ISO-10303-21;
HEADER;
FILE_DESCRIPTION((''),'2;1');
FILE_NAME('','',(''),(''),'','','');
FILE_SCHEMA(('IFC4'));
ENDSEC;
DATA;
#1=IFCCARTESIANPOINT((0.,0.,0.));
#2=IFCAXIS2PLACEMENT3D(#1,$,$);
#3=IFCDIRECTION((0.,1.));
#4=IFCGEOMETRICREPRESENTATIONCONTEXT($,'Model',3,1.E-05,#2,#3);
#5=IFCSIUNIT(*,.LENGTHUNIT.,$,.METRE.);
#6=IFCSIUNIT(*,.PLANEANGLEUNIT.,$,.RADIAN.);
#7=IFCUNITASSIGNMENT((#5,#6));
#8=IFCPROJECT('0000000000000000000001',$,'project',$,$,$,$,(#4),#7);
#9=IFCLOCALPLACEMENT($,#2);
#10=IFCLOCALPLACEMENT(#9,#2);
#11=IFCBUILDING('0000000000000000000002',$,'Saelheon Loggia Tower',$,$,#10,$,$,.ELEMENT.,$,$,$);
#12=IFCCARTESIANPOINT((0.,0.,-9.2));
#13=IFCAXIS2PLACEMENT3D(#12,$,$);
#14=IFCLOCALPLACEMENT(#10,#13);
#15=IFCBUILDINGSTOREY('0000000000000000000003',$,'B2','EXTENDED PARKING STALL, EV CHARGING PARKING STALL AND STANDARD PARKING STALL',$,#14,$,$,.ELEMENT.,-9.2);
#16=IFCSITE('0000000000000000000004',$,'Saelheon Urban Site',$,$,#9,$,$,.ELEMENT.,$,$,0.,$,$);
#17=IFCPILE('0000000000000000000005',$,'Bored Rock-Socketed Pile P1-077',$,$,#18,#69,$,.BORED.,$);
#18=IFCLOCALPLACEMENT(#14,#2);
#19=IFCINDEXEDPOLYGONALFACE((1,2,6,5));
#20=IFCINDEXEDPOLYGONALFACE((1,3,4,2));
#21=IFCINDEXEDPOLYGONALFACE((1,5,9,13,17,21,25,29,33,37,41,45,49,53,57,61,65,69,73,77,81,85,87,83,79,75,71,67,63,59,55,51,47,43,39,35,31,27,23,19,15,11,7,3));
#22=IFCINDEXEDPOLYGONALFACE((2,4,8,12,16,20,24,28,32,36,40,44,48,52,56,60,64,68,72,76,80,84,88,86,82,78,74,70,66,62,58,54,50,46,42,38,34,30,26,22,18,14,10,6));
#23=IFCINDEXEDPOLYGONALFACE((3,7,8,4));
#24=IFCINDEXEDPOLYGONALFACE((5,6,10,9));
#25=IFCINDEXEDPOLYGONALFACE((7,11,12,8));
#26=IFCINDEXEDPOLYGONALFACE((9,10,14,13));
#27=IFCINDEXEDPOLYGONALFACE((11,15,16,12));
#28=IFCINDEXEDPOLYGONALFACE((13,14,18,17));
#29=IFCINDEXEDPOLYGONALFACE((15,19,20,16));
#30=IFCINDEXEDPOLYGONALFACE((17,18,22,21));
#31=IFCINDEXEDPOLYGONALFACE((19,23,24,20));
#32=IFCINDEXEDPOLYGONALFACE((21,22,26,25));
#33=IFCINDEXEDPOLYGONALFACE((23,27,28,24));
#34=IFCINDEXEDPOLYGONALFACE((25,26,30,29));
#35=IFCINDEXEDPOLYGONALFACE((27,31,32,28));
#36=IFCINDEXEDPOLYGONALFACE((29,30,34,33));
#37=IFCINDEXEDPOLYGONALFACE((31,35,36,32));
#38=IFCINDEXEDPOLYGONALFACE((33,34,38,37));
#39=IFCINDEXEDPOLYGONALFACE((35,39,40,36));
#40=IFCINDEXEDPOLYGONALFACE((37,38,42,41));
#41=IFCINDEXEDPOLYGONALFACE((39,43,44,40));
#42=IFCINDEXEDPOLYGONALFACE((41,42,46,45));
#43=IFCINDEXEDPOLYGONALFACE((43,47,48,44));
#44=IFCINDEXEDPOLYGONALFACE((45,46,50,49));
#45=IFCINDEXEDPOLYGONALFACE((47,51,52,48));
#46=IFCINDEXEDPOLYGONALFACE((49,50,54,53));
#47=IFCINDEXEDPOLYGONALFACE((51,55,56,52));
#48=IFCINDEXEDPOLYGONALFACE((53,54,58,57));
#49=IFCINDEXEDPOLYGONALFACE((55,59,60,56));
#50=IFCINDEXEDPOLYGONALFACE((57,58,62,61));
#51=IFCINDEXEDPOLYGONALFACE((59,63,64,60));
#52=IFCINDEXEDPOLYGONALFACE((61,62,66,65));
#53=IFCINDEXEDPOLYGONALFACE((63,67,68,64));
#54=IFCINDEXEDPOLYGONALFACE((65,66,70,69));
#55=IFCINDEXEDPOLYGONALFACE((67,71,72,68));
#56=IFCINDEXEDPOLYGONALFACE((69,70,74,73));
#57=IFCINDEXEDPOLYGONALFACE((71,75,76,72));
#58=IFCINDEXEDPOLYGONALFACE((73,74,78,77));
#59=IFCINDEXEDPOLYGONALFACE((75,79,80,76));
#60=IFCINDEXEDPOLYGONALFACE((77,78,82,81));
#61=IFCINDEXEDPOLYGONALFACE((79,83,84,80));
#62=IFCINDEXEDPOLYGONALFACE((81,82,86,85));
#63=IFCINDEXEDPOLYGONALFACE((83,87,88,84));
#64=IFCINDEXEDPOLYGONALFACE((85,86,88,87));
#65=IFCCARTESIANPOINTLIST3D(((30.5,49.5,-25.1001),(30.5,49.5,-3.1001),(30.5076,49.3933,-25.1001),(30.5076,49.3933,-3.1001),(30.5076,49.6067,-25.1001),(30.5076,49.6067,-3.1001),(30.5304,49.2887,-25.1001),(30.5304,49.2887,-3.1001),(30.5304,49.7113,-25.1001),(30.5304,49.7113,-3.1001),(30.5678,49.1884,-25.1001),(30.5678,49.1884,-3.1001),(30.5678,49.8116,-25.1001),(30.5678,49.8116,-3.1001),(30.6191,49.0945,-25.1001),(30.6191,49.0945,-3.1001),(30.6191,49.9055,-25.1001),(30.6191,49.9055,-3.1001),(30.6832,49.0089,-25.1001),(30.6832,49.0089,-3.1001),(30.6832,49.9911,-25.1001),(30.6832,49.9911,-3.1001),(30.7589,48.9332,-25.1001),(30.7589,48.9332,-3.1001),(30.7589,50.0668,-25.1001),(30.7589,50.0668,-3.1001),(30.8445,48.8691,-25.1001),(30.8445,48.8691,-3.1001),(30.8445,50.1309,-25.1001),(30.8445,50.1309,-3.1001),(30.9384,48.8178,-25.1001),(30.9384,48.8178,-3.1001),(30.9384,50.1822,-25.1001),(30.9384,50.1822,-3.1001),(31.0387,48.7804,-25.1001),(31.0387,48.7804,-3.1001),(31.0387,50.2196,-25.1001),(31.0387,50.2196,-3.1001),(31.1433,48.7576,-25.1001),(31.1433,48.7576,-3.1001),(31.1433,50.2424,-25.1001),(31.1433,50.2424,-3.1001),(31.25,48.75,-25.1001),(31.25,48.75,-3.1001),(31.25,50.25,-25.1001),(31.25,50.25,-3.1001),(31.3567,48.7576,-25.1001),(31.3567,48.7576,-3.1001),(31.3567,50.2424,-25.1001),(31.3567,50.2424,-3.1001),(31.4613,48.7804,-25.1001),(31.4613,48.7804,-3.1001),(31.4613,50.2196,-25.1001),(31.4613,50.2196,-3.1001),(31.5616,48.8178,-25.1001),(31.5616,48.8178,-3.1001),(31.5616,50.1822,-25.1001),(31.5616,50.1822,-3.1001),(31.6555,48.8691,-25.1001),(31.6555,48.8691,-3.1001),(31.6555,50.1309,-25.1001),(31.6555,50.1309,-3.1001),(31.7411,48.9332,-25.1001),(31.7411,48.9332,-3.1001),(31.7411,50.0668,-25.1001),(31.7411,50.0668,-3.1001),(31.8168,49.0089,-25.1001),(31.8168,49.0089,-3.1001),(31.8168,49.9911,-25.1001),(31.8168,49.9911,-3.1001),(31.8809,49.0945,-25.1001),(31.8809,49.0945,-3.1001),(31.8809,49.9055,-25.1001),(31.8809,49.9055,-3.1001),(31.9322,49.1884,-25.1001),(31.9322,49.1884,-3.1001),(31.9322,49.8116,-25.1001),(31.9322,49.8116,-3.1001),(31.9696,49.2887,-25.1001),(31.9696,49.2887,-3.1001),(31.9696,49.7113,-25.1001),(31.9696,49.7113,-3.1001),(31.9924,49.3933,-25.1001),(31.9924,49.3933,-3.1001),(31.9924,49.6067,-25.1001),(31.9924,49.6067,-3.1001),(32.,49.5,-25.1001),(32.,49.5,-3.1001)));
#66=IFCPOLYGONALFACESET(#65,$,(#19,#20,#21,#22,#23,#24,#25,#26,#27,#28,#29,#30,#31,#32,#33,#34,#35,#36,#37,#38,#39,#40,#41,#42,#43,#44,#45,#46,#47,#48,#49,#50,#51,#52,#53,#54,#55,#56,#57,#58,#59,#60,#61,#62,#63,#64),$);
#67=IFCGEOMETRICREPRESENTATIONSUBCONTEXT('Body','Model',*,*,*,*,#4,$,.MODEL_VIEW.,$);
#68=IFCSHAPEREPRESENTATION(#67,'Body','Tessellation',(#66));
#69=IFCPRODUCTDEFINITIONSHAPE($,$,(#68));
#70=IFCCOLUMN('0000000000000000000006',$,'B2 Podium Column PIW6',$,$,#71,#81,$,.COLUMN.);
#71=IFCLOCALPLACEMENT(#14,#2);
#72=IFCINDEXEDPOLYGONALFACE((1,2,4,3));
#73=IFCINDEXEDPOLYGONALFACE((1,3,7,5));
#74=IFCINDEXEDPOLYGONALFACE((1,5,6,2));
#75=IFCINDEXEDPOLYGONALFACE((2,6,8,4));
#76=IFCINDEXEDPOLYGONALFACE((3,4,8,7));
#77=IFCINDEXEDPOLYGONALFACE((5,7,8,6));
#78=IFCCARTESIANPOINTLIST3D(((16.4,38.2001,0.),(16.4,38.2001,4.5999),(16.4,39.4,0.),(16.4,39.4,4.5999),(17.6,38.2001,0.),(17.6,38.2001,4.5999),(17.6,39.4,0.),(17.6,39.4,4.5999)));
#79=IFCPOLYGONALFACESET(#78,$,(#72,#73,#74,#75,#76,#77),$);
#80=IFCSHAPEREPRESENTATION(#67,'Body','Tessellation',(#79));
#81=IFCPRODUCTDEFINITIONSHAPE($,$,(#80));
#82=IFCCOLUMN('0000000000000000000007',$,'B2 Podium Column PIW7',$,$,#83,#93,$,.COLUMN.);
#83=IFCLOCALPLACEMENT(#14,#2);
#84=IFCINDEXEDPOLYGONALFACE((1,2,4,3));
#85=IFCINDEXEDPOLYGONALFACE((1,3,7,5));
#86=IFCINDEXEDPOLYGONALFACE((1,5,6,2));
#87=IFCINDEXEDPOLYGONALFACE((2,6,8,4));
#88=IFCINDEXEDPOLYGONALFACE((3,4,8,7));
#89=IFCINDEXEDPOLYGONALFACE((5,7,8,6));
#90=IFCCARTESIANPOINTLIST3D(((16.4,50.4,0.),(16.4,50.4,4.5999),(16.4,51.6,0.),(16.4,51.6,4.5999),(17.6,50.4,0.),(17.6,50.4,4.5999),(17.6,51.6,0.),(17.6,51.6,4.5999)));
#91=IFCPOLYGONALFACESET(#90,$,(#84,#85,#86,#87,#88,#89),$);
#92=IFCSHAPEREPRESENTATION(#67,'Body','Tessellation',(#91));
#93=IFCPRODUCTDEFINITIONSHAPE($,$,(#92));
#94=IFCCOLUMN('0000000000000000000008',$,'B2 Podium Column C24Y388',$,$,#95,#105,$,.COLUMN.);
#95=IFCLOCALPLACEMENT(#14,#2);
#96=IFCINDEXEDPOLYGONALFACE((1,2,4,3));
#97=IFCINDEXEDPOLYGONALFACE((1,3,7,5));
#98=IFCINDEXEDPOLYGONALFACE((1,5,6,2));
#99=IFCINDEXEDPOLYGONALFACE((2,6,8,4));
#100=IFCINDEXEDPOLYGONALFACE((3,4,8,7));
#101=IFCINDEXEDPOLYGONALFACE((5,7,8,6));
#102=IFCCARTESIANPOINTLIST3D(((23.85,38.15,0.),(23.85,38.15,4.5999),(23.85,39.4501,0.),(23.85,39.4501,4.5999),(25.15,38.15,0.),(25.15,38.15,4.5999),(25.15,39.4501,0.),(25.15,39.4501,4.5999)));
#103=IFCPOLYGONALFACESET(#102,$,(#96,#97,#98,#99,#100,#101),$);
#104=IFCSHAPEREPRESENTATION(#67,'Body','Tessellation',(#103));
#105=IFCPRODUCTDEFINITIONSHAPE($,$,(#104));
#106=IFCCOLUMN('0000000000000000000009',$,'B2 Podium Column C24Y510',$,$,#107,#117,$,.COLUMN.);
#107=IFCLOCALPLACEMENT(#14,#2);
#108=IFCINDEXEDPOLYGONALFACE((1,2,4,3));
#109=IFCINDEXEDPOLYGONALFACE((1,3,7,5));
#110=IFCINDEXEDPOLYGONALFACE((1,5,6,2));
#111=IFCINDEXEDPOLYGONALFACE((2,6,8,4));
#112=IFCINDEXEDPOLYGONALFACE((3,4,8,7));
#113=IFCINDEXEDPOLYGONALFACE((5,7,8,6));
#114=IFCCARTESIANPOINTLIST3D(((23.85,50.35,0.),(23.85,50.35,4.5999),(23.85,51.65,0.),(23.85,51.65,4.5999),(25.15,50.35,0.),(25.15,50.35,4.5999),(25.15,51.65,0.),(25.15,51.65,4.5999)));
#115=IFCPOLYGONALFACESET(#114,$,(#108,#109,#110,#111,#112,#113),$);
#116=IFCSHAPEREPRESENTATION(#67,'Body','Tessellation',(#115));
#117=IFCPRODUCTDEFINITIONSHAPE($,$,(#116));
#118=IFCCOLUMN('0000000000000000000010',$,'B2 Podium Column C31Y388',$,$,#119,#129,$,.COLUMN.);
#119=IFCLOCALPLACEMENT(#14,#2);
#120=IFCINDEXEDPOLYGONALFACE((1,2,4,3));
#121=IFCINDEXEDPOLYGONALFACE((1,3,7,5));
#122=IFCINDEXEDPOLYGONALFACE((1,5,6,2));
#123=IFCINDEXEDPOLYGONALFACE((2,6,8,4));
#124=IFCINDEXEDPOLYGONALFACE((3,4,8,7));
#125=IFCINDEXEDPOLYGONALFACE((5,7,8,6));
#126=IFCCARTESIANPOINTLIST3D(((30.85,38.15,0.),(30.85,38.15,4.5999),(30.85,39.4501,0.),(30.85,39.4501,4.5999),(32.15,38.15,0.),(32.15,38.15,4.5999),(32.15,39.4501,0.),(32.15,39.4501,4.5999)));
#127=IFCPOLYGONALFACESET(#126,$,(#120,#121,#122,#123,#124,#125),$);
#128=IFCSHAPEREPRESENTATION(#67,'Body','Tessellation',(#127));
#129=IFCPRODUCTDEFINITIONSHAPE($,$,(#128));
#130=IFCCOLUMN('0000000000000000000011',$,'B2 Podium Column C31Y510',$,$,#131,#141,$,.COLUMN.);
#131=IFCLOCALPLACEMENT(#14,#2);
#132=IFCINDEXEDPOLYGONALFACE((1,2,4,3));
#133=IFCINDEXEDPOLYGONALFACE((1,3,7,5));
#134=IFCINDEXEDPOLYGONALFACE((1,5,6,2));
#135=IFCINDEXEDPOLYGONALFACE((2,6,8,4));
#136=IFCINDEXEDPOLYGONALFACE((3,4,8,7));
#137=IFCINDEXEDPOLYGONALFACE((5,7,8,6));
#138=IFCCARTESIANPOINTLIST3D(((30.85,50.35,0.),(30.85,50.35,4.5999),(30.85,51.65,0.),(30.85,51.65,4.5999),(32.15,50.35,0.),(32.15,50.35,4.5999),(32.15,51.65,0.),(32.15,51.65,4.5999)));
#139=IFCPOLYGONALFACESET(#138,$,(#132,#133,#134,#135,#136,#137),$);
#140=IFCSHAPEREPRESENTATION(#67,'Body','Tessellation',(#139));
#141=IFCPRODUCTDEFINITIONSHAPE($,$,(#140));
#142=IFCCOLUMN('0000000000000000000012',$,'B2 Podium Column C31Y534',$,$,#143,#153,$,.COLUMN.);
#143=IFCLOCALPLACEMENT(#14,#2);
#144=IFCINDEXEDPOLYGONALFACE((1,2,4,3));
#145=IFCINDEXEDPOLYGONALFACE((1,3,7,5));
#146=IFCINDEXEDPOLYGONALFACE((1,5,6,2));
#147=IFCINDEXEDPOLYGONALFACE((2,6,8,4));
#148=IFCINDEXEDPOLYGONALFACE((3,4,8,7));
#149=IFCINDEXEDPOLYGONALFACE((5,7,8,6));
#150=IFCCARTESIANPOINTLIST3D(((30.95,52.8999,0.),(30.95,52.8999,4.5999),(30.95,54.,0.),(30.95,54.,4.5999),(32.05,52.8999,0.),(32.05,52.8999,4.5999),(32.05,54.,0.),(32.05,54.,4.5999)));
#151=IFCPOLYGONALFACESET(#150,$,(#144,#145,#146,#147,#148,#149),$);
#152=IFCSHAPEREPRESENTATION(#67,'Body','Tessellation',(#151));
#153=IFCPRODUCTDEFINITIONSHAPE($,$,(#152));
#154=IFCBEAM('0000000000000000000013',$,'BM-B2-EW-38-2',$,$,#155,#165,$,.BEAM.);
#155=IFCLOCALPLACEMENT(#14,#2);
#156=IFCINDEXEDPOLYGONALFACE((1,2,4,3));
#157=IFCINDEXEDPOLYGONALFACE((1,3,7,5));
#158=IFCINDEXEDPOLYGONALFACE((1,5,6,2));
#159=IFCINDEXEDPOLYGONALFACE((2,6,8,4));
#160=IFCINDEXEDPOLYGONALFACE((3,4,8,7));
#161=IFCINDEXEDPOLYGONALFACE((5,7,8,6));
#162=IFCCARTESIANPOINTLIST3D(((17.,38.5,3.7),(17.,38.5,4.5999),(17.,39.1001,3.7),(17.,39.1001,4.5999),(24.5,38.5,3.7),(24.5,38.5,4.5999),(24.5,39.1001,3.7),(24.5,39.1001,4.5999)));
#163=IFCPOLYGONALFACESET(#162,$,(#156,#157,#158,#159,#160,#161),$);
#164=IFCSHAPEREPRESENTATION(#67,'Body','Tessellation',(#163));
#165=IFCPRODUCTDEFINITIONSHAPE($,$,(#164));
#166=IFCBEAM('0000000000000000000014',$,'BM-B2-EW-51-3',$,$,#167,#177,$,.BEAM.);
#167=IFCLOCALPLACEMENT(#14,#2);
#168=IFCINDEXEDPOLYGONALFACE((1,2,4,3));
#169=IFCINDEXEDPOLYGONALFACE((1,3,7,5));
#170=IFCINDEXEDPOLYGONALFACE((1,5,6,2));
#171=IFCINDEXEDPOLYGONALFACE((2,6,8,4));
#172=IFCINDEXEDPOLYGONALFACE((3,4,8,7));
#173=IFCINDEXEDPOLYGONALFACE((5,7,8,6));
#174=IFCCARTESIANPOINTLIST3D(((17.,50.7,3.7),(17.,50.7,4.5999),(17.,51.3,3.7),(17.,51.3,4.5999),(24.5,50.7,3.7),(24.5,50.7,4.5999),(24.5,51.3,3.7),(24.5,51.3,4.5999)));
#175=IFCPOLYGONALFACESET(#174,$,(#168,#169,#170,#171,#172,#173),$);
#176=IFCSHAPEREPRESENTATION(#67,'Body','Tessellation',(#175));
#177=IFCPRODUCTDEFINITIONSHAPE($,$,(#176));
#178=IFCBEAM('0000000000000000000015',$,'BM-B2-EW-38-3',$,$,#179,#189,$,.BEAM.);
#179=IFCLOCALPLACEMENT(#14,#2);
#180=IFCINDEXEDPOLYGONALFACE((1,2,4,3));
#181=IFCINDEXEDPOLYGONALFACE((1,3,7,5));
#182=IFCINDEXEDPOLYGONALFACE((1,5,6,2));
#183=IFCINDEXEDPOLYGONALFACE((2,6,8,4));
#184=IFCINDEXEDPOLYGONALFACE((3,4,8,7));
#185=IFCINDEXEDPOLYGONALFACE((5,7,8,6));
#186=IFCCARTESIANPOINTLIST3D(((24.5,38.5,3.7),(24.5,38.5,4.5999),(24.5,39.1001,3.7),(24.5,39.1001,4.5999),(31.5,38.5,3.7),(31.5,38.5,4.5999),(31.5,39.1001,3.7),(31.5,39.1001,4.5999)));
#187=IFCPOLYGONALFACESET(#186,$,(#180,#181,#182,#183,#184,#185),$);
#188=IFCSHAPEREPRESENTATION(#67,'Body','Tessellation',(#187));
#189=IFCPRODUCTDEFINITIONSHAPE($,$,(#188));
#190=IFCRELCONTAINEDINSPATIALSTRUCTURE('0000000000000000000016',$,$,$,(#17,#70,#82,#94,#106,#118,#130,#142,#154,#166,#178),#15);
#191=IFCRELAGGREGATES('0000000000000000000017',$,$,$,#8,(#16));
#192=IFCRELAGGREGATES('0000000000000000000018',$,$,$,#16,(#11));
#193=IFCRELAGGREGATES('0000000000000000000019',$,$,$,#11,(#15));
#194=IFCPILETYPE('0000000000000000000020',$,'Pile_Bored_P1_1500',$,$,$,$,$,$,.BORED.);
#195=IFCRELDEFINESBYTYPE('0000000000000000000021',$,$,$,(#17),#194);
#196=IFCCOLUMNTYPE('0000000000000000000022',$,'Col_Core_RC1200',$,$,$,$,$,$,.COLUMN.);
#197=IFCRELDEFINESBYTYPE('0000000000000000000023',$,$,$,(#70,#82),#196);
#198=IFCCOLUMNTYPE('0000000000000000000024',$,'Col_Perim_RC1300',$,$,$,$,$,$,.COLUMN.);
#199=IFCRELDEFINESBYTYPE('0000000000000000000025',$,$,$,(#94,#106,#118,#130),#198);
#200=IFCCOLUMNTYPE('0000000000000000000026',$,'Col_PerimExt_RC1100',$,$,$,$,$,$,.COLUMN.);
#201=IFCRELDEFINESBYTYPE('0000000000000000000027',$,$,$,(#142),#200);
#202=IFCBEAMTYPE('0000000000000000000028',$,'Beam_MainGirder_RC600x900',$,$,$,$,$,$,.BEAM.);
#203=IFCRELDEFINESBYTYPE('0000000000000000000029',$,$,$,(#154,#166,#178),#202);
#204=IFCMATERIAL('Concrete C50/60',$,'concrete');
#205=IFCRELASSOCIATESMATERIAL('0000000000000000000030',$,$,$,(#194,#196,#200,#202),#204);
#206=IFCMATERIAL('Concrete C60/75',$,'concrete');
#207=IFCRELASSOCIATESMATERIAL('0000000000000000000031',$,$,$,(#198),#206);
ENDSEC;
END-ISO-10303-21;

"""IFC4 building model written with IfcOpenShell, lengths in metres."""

from ifc_helpers import new_model, si_unit, direction, frame, origin, origin_2d, place, context, subcontext, project, spatial, rectangle, circle, extrude, source, transform, mapped, material, material_profile, profile_set, type_object, element, save


model = new_model("IFC4")

# Units and contexts
model_context = context("Model", 3, precision=1e-05, world=origin(), true_north=direction((0.0, 1.0)))
body_context = subcontext(model_context, "Body", "Model", "MODEL_VIEW")
ifc_project = project(units=[si_unit("LENGTHUNIT", "METRE"), si_unit("PLANEANGLEUNIT", "RADIAN")], contexts=[model_context])

# Site, building, storey
site_placement = place(None, origin())
site = spatial("IfcSite", under=ifc_project, at=site_placement, Name="Saelheon Urban Site", CompositionType="ELEMENT", RefElevation=0.0)
building_placement = place(site_placement, origin())
building = spatial("IfcBuilding", under=site, at=building_placement, Name="Saelheon Loggia Tower", CompositionType="ELEMENT")
storey_placement = place(building_placement, frame((0.0, 0.0, -9.2)))
storey = spatial("IfcBuildingStorey", under=building, at=storey_placement, Name="B2", Description="EXTENDED PARKING STALL, EV CHARGING PARKING STALL AND STANDARD PARKING STALL", CompositionType="ELEMENT", Elevation=-9.2)

# Pile
ifc_material_1 = material(Name="Concrete C50/60", Category="concrete")
ifc_material_profile_1 = material_profile(ifc_material_1, circle(Radius=0.75, at=origin_2d()), Name="CIRC-1500")
ifc_profile_set_1 = profile_set([ifc_material_profile_1], Name="Concrete C50/60")
pile_type = type_object("IfcPileType", Name="Pile_Bored_P1_1500", PredefinedType="BORED", material=ifc_profile_set_1)
shared_shape_1 = source(origin(), body_context, "Body", "SweptSolid", [
    extrude(circle(Radius=0.75, at=origin_2d()), origin(), (0.0, 0.0, 1.0), 22.0),
])
for number, where, z_axis, x_axis, name in (
    (1, (31.25, 49.5, -3.1001), (0.0, 0.0, -1.0), (1.0, 0.0, 0.0), "Bored Rock-Socketed Pile P1-077"),
):
    element("IfcPile", number, at=place(storey_placement, frame(where, z_axis=z_axis, x_axis=x_axis)), inside=storey, type_object=pile_type, Name=name, PredefinedType="BORED", context=body_context, shape_type="MappedRepresentation", body=[
        mapped(shared_shape_1, transform((0.0, 0.0, 0.0), scale=1.0)),
    ])

# Columns
ifc_material_profile_2 = material_profile(ifc_material_1, rectangle(XDim=1.2, YDim=1.2, at=origin_2d()), Name="RC-1200x1200")
ifc_profile_set_2 = profile_set([ifc_material_profile_2], Name="Concrete C50/60")
column_type_1 = type_object("IfcColumnType", Name="Col_Core_RC1200", PredefinedType="COLUMN", material=ifc_profile_set_2)
shared_shape_2 = source(origin(), body_context, "Body", "SweptSolid", [
    extrude(rectangle(XDim=1.2, YDim=1.2, at=origin_2d()), origin(), (0.0, 0.0, 1.0), 4.5999),
])
for number, where, z_axis, x_axis, name in (
    (2, (17.0, 38.8, 0.0), (0.0, 0.0, 1.0), (1.0, 0.0, 0.0), "B2 Podium Column PIW6"),
    (3, (17.0, 51.0, 0.0), (0.0, 0.0, 1.0), (1.0, 0.0, 0.0), "B2 Podium Column PIW7"),
):
    element("IfcColumn", number, at=place(storey_placement, frame(where, z_axis=z_axis, x_axis=x_axis)), inside=storey, type_object=column_type_1, Name=name, PredefinedType="COLUMN", context=body_context, shape_type="MappedRepresentation", body=[
        mapped(shared_shape_2, transform((0.0, 0.0, 0.0), scale=1.0)),
    ])
ifc_material_2 = material(Name="Concrete C60/75", Category="concrete")
ifc_material_profile_3 = material_profile(ifc_material_2, rectangle(XDim=1.3, YDim=1.3, at=origin_2d()), Name="RC-1300x1300")
ifc_profile_set_3 = profile_set([ifc_material_profile_3], Name="Concrete C60/75")
column_type_2 = type_object("IfcColumnType", Name="Col_Perim_RC1300", PredefinedType="COLUMN", material=ifc_profile_set_3)
shared_shape_3 = source(origin(), body_context, "Body", "SweptSolid", [
    extrude(rectangle(XDim=1.3, YDim=1.3, at=origin_2d()), origin(), (0.0, 0.0, 1.0), 4.5999),
])
for number, where, z_axis, x_axis, name in (
    (4, (24.5, 38.8, 0.0), (0.0, 0.0, 1.0), (1.0, 0.0, 0.0), "B2 Podium Column C24Y388"),
    (5, (24.5, 51.0, 0.0), (0.0, 0.0, 1.0), (1.0, 0.0, 0.0), "B2 Podium Column C24Y510"),
    (6, (31.5, 38.8, 0.0), (0.0, 0.0, 1.0), (1.0, 0.0, 0.0), "B2 Podium Column C31Y388"),
    (7, (31.5, 51.0, 0.0), (0.0, 0.0, 1.0), (1.0, 0.0, 0.0), "B2 Podium Column C31Y510"),
):
    element("IfcColumn", number, at=place(storey_placement, frame(where, z_axis=z_axis, x_axis=x_axis)), inside=storey, type_object=column_type_2, Name=name, PredefinedType="COLUMN", context=body_context, shape_type="MappedRepresentation", body=[
        mapped(shared_shape_3, transform((0.0, 0.0, 0.0), scale=1.0)),
    ])
ifc_material_profile_4 = material_profile(ifc_material_1, rectangle(XDim=1.1001, YDim=1.1001, at=origin_2d()), Name="RC-1100x1100")
ifc_profile_set_4 = profile_set([ifc_material_profile_4], Name="Concrete C50/60")
column_type_3 = type_object("IfcColumnType", Name="Col_PerimExt_RC1100", PredefinedType="COLUMN", material=ifc_profile_set_4)
shared_shape_4 = source(origin(), body_context, "Body", "SweptSolid", [
    extrude(rectangle(XDim=1.1001, YDim=1.1001, at=origin_2d()), origin(), (0.0, 0.0, 1.0), 4.5999),
])
column_placement = place(storey_placement, frame((31.5, 53.45, 0.0), z_axis=(0.0, 0.0, 1.0), x_axis=(1.0, 0.0, 0.0)))
element("IfcColumn", 8, at=column_placement, inside=storey, type_object=column_type_3, Name="B2 Podium Column C31Y534", PredefinedType="COLUMN", context=body_context, shape_type="MappedRepresentation", body=[
    mapped(shared_shape_4, transform((0.0, 0.0, 0.0), scale=1.0)),
])

# Beams
ifc_material_profile_5 = material_profile(ifc_material_1, rectangle(XDim=0.6001, YDim=0.8999, at=origin_2d()), Name="RC-600x900")
ifc_profile_set_5 = profile_set([ifc_material_profile_5], Name="Concrete C50/60")
beam_type_1 = type_object("IfcBeamType", Name="Beam_MainGirder_RC600x900", PredefinedType="BEAM", material=ifc_profile_set_5)
shared_shape_5 = source(origin(), body_context, "Body", "SweptSolid", [
    extrude(rectangle(XDim=0.6001, YDim=0.8999, at=origin_2d()), origin(), (0.0, 0.0, 1.0), 7.5),
])
for number, where, z_axis, x_axis, name in (
    (9, (17.0, 38.8, 4.1499), (1.0, 0.0, 0.0), (0.0, 1.0, 0.0), "BM-B2-EW-38-2"),
    (10, (17.0, 51.0, 4.1499), (1.0, 0.0, 0.0), (0.0, 1.0, 0.0), "BM-B2-EW-51-3"),
):
    element("IfcBeam", number, at=place(storey_placement, frame(where, z_axis=z_axis, x_axis=x_axis)), inside=storey, type_object=beam_type_1, Name=name, PredefinedType="BEAM", context=body_context, shape_type="MappedRepresentation", body=[
        mapped(shared_shape_5, transform((0.0, 0.0, 0.0), scale=1.0)),
    ])
shared_shape_6 = source(origin(), body_context, "Body", "SweptSolid", [
    extrude(rectangle(XDim=0.6001, YDim=0.8999, at=origin_2d()), origin(), (0.0, 0.0, 1.0), 7.0),
])
for number, where, z_axis, x_axis, name in (
    (11, (24.5, 38.8, 4.1499), (1.0, 0.0, 0.0), (0.0, 1.0, 0.0), "BM-B2-EW-38-3"),
):
    element("IfcBeam", number, at=place(storey_placement, frame(where, z_axis=z_axis, x_axis=x_axis)), inside=storey, type_object=beam_type_1, Name=name, PredefinedType="BEAM", context=body_context, shape_type="MappedRepresentation", body=[
        mapped(shared_shape_6, transform((0.0, 0.0, 0.0), scale=1.0)),
    ])

save(model, "model.ifc")
